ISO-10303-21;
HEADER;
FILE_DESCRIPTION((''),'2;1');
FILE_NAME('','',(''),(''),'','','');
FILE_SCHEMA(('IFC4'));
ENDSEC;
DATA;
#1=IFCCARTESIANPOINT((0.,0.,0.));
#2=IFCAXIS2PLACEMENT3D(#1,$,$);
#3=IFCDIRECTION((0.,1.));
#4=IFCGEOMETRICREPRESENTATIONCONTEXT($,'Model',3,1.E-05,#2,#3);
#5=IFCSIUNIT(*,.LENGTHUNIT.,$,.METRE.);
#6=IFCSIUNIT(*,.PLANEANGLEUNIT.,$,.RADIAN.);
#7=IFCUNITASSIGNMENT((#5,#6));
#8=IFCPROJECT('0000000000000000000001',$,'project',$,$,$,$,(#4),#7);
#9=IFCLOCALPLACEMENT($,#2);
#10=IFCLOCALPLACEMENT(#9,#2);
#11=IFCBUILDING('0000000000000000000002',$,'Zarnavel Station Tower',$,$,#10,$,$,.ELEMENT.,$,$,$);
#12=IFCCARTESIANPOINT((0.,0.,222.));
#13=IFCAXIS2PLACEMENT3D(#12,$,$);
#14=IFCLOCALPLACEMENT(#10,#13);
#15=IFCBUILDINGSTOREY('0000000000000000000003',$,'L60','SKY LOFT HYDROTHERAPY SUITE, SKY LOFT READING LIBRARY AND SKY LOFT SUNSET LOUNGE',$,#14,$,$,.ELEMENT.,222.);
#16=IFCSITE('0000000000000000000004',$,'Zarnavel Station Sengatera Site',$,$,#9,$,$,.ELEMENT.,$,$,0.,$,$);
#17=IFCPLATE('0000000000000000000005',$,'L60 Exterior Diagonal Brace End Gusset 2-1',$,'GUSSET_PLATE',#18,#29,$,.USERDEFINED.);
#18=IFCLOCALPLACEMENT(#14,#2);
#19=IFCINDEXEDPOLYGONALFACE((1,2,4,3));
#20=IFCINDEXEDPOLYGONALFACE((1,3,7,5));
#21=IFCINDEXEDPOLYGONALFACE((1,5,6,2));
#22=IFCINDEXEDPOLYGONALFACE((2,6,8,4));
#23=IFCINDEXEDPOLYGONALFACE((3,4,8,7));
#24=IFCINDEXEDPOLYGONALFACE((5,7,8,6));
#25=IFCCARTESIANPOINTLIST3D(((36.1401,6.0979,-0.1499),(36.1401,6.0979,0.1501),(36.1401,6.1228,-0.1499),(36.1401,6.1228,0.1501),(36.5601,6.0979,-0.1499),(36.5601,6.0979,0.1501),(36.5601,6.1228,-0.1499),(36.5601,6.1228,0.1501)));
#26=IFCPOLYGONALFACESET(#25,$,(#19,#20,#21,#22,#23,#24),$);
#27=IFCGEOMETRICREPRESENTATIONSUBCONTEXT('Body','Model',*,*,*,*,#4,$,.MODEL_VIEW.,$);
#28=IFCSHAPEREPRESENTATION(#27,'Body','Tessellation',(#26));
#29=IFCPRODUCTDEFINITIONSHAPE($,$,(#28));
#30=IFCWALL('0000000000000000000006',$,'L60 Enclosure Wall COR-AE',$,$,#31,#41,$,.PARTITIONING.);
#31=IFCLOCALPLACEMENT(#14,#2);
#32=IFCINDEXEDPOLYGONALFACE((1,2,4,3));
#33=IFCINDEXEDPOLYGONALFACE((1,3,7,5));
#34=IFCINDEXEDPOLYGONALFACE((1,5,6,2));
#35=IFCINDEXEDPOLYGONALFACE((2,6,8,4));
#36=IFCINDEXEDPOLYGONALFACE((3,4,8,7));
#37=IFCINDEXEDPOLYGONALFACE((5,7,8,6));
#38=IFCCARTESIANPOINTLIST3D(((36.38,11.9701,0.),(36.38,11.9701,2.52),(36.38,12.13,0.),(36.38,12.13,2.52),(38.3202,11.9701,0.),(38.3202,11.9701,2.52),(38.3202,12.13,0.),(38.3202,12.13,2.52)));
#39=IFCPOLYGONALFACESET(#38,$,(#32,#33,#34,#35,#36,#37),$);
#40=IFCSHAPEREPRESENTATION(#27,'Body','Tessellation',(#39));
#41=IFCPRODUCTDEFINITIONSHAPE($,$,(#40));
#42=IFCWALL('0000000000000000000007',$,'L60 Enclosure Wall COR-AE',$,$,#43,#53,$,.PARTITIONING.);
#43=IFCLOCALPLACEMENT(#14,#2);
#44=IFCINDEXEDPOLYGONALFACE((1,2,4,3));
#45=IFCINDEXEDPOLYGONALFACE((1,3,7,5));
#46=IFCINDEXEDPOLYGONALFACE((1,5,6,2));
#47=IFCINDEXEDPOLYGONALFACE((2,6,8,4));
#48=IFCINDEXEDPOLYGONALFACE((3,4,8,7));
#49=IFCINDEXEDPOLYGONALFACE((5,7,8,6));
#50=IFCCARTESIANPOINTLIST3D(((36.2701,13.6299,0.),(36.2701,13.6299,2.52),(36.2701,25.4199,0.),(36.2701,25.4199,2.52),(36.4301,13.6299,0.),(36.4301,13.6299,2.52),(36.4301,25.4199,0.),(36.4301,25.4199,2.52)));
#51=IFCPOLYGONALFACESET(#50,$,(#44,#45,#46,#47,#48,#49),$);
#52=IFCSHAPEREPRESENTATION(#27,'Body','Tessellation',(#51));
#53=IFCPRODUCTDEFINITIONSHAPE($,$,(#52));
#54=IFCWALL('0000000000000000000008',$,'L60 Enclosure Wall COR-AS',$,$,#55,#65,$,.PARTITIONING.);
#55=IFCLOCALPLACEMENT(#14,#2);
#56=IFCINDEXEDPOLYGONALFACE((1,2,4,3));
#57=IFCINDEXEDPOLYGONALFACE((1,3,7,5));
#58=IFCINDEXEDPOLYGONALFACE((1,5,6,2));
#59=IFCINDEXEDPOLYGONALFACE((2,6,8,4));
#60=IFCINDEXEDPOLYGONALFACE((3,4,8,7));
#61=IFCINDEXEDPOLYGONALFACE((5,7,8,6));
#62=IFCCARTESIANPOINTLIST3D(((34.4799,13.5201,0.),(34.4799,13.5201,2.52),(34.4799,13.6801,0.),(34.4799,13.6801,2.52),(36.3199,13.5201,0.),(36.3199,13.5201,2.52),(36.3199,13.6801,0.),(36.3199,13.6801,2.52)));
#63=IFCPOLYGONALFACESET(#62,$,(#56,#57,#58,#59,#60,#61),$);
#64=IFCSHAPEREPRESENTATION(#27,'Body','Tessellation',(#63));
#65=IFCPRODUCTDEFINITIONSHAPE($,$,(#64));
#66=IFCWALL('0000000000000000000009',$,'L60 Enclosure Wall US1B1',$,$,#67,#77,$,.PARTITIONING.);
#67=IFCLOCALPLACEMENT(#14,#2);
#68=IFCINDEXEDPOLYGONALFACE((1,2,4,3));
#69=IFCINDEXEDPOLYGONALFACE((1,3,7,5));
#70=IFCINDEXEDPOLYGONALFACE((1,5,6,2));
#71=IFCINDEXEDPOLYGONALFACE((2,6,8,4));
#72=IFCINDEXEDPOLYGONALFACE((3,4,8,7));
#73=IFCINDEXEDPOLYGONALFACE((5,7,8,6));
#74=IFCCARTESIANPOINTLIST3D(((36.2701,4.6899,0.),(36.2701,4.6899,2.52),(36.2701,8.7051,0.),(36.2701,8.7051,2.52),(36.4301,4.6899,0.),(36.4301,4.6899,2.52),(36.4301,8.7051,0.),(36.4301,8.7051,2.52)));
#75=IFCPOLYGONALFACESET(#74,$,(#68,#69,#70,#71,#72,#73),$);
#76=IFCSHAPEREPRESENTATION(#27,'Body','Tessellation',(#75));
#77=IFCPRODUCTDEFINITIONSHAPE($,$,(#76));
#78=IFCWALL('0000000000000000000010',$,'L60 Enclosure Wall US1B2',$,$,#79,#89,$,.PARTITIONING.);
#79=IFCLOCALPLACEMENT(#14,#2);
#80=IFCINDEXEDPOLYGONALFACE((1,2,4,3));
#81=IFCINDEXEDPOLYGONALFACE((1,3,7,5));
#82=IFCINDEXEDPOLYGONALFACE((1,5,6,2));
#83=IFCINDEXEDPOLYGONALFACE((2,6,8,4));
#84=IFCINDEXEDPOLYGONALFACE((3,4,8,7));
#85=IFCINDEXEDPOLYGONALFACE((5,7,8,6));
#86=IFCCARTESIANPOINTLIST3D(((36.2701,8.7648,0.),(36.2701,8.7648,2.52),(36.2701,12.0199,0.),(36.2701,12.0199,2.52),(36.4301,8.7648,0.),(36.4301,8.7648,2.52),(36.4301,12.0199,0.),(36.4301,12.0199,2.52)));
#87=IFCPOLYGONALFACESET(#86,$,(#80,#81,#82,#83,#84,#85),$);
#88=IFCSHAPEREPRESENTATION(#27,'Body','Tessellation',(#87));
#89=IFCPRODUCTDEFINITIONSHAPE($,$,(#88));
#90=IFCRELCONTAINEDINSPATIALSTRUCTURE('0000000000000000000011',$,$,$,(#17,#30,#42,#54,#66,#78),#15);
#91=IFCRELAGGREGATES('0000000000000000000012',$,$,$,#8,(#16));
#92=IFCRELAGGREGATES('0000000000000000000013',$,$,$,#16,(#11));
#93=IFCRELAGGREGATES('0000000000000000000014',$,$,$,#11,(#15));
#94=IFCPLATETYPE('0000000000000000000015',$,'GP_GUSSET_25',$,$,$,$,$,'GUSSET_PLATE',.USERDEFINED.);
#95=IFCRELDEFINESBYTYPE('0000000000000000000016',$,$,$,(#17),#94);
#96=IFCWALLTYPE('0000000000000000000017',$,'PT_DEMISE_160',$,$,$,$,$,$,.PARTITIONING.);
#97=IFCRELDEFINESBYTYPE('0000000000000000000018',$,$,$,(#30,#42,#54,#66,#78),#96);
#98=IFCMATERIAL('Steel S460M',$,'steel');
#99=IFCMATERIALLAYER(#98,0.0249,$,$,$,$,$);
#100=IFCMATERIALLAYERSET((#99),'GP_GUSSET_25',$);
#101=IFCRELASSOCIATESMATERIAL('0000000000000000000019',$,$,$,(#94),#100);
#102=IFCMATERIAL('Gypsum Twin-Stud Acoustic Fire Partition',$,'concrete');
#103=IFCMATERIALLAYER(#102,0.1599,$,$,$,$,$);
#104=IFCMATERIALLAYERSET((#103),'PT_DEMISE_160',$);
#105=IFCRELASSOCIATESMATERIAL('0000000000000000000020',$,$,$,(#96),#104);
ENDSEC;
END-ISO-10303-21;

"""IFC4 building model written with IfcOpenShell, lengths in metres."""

from ifc_helpers import new_model, si_unit, direction, frame, frame_2d, origin, origin_2d, place, context, subcontext, project, spatial, rectangle, extrude, material, layer, layer_set, type_object, element, save


model = new_model("IFC4")

# Units and contexts
model_context = context("Model", 3, precision=1e-05, world=origin(), true_north=direction((0.0, 1.0)))
body_context = subcontext(model_context, "Body", "Model", "MODEL_VIEW")
ifc_project = project(units=[si_unit("LENGTHUNIT", "METRE"), si_unit("PLANEANGLEUNIT", "RADIAN")], contexts=[model_context])

# Site, building, storey
site_placement = place(None, origin())
site = spatial("IfcSite", under=ifc_project, at=site_placement, Name="Zarnavel Station Sengatera Site", CompositionType="ELEMENT", RefElevation=0.0)
building_placement = place(site_placement, origin())
building = spatial("IfcBuilding", under=site, at=building_placement, Name="Zarnavel Station Tower", CompositionType="ELEMENT")
storey_placement = place(building_placement, frame((0.0, 0.0, 222.0)))
storey = spatial("IfcBuildingStorey", under=building, at=storey_placement, Name="L60", Description="SKY LOFT HYDROTHERAPY SUITE, SKY LOFT READING LIBRARY AND SKY LOFT SUNSET LOUNGE", CompositionType="ELEMENT", Elevation=222.0)

# Plate
ifc_material_1 = material(Name="Steel S460M", Category="steel")
ifc_layer_1 = layer(ifc_material_1, 0.0249)
ifc_layer_set_1 = layer_set([ifc_layer_1], Name="GP_GUSSET_25")
plate_type_1 = type_object("IfcPlateType", Name="GP_GUSSET_25", ElementType="GUSSET_PLATE", PredefinedType="USERDEFINED", material=ifc_layer_set_1)
plate_1_placement = place(storey_placement, frame((36.3501, 6.1104, -0.1499), z_axis=(0.0, 0.0, 1.0), x_axis=(1.0, 0.0, 0.0)))
element("IfcPlate", 1, at=plate_1_placement, inside=storey, type_object=plate_type_1, Name="L60 Exterior Diagonal Brace End Gusset 2-1", ObjectType="GUSSET_PLATE", PredefinedType="USERDEFINED", context=body_context, shape_type="SweptSolid", body=[
    extrude(rectangle(XDim=0.4199, YDim=0.0249, at=origin_2d()), origin(), (0.0, 0.0, 1.0), 0.3),
])

# Walls
ifc_material_2 = material(Name="Gypsum Twin-Stud Acoustic Fire Partition", Category="concrete")
ifc_layer_2 = layer(ifc_material_2, 0.1599)
ifc_layer_set_2 = layer_set([ifc_layer_2], Name="PT_DEMISE_160")
wall_type = type_object("IfcWallType", Name="PT_DEMISE_160", PredefinedType="PARTITIONING", material=ifc_layer_set_2)
wall_1_placement = place(storey_placement, frame((36.3799, 12.05, 0.0), z_axis=(0.0, 0.0, 1.0), x_axis=(1.0, 0.0, 0.0)))
element("IfcWall", 2, at=wall_1_placement, inside=storey, type_object=wall_type, Name="L60 Enclosure Wall COR-AE", PredefinedType="PARTITIONING", context=body_context, shape_type="SweptSolid", body=[
    extrude(rectangle(XDim=1.9402, YDim=0.1599, at=frame_2d((0.9702, 0.0))), origin(), (0.0, 0.0, 1.0), 2.52),
])
wall_2_placement = place(storey_placement, frame((36.3501, 13.6299, 0.0), z_axis=(0.0, 0.0, 1.0), x_axis=(0.0, 1.0, 0.0)))
element("IfcWall", 3, at=wall_2_placement, inside=storey, type_object=wall_type, Name="L60 Enclosure Wall COR-AE", PredefinedType="PARTITIONING", context=body_context, shape_type="SweptSolid", body=[
    extrude(rectangle(XDim=11.79, YDim=0.1599, at=frame_2d((5.895, 0.0))), origin(), (0.0, 0.0, 1.0), 2.52),
])
wall_3_placement = place(storey_placement, frame((34.48, 13.6001, 0.0), z_axis=(0.0, 0.0, 1.0), x_axis=(1.0, 0.0, 0.0)))
element("IfcWall", 4, at=wall_3_placement, inside=storey, type_object=wall_type, Name="L60 Enclosure Wall COR-AS", PredefinedType="PARTITIONING", context=body_context, shape_type="SweptSolid", body=[
    extrude(rectangle(XDim=1.8401, YDim=0.1599, at=frame_2d((0.9199, 0.0))), origin(), (0.0, 0.0, 1.0), 2.52),
])
wall_4_placement = place(storey_placement, frame((36.3501, 4.6899, 0.0), z_axis=(0.0, 0.0, 1.0), x_axis=(0.0, 1.0, 0.0)))
element("IfcWall", 5, at=wall_4_placement, inside=storey, type_object=wall_type, Name="L60 Enclosure Wall US1B1", PredefinedType="PARTITIONING", context=body_context, shape_type="SweptSolid", body=[
    extrude(rectangle(XDim=4.0151, YDim=0.1599, at=frame_2d((2.0076, 0.0))), origin(), (0.0, 0.0, 1.0), 2.52),
])
wall_5_placement = place(storey_placement, frame((36.3501, 8.7649, 0.0), z_axis=(0.0, 0.0, 1.0), x_axis=(0.0, 1.0, 0.0)))
element("IfcWall", 6, at=wall_5_placement, inside=storey, type_object=wall_type, Name="L60 Enclosure Wall US1B2", PredefinedType="PARTITIONING", context=body_context, shape_type="SweptSolid", body=[
    extrude(rectangle(XDim=3.2551, YDim=0.1599, at=frame_2d((1.6274, 0.0))), origin(), (0.0, 0.0, 1.0), 2.52),
])

save(model, "model.ifc")
